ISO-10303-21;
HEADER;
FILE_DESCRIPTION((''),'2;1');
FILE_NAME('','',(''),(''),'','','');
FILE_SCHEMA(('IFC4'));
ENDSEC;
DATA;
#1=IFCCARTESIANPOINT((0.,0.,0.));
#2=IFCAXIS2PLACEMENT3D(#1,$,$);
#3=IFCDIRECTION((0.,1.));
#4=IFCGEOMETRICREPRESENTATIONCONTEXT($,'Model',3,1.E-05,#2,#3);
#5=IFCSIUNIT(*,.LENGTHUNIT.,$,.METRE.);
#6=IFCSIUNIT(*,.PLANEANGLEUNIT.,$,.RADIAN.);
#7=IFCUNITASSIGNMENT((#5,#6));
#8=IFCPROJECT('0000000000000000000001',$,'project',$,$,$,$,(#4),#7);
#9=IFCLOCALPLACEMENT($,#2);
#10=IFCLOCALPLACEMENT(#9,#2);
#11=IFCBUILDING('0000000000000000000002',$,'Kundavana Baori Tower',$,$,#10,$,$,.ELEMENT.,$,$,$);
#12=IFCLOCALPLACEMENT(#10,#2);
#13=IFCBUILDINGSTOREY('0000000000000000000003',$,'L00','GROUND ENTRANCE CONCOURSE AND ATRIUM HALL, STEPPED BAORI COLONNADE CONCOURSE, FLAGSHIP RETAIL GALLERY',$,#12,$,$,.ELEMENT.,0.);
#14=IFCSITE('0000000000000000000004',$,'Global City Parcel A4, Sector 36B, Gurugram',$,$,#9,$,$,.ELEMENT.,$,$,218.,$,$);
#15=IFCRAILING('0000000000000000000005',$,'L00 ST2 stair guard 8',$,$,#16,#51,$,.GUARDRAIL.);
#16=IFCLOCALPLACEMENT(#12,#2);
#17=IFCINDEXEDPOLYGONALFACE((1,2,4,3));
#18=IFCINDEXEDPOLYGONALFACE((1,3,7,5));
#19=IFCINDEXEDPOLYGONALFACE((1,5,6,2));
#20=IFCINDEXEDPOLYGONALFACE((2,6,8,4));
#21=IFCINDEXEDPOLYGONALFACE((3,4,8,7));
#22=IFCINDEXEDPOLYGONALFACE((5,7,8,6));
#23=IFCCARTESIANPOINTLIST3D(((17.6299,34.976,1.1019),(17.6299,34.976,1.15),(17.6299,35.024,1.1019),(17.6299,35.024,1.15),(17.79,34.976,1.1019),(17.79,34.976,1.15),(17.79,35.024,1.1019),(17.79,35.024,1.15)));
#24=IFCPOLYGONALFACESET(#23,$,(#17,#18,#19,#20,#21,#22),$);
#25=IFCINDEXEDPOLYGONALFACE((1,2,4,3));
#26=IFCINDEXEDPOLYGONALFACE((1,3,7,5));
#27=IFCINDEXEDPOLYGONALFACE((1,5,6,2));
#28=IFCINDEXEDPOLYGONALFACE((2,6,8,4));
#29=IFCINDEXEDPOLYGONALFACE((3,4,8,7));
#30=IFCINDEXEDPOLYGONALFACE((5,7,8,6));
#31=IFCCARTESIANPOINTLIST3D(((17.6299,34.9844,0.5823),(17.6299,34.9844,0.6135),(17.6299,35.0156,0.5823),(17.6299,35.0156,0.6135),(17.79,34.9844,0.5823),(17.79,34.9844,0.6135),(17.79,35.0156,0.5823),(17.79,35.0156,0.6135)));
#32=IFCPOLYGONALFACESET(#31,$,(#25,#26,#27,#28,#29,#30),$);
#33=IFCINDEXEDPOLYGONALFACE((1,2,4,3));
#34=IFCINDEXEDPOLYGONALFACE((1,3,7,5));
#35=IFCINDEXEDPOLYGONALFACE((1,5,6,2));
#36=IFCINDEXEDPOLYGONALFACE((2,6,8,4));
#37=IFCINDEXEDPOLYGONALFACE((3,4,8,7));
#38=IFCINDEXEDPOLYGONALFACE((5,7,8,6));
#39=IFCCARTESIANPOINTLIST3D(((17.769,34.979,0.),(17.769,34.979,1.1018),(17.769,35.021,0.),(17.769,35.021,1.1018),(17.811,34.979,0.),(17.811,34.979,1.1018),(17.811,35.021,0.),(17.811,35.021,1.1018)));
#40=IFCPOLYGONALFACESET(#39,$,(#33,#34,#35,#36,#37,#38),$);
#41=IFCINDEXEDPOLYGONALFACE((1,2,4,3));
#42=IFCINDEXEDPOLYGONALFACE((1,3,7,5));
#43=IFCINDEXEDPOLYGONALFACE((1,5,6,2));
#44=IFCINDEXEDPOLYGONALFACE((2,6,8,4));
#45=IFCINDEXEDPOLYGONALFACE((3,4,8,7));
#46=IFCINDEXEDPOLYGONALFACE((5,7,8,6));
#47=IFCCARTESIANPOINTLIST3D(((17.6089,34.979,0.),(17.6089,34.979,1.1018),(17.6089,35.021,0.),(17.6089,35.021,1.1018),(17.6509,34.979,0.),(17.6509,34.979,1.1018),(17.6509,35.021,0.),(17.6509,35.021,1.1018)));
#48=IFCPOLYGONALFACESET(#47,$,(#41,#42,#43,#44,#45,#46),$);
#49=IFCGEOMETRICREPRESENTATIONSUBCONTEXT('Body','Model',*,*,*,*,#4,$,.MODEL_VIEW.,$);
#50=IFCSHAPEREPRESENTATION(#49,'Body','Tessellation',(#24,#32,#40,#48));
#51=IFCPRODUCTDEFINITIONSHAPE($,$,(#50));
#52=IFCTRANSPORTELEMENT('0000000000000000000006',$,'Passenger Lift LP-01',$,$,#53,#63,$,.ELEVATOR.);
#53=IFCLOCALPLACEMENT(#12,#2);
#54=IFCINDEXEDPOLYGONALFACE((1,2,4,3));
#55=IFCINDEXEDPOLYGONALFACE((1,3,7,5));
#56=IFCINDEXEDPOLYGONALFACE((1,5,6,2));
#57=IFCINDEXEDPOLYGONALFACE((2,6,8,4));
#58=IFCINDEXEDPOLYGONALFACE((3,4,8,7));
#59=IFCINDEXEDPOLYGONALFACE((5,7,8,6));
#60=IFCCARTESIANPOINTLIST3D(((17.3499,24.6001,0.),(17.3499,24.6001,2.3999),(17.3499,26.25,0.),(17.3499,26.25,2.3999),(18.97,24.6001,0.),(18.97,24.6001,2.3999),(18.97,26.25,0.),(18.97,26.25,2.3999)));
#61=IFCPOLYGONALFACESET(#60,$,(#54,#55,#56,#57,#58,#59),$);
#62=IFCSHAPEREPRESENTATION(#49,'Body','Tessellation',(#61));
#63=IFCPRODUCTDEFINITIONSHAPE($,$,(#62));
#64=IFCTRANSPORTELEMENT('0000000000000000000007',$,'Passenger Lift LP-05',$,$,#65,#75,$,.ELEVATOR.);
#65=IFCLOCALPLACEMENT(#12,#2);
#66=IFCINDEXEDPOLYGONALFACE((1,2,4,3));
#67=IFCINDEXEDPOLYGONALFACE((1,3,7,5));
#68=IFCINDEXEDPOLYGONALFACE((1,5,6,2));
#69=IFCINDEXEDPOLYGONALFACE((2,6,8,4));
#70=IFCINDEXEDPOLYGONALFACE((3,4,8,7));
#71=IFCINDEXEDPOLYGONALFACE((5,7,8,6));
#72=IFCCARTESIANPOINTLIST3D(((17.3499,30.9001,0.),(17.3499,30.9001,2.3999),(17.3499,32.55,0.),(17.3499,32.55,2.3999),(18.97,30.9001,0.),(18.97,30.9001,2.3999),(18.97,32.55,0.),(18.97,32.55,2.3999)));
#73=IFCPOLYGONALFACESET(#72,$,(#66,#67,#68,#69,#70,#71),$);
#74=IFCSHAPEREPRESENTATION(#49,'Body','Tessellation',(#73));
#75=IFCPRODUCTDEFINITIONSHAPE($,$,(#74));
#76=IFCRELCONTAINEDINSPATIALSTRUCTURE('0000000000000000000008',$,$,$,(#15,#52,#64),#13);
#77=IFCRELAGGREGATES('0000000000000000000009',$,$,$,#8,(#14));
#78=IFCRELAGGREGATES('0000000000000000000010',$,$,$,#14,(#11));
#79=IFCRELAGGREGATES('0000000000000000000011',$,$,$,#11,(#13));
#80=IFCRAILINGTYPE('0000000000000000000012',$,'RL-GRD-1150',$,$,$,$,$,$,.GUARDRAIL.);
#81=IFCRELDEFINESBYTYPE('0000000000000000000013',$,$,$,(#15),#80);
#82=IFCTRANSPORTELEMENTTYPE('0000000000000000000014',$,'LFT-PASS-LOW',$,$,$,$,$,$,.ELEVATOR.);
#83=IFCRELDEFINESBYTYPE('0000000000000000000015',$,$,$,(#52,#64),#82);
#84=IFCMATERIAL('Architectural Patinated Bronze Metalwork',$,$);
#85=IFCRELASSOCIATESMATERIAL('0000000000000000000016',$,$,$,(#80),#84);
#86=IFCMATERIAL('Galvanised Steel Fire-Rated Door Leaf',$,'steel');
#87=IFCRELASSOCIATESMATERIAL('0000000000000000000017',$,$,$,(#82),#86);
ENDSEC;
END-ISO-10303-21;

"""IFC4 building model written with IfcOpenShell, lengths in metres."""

from ifc_helpers import new_model, si_unit, direction, frame, origin, origin_2d, place, context, subcontext, project, spatial, rectangle, extrude, material, type_object, element, save


model = new_model("IFC4")

# Units and contexts
model_context = context("Model", 3, precision=1e-05, world=origin(), true_north=direction((0.0, 1.0)))
body_context = subcontext(model_context, "Body", "Model", "MODEL_VIEW")
ifc_project = project(units=[si_unit("LENGTHUNIT", "METRE"), si_unit("PLANEANGLEUNIT", "RADIAN")], contexts=[model_context])

# Site, building, storey
site_placement = place(None, origin())
site = spatial("IfcSite", under=ifc_project, at=site_placement, Name="Global City Parcel A4, Sector 36B, Gurugram", CompositionType="ELEMENT", RefElevation=218.0)
building_placement = place(site_placement, origin())
building = spatial("IfcBuilding", under=site, at=building_placement, Name="Kundavana Baori Tower", CompositionType="ELEMENT")
storey_placement = place(building_placement, origin())
storey = spatial("IfcBuildingStorey", under=building, at=storey_placement, Name="L00", Description="GROUND ENTRANCE CONCOURSE AND ATRIUM HALL, STEPPED BAORI COLONNADE CONCOURSE, FLAGSHIP RETAIL GALLERY", CompositionType="ELEMENT", Elevation=0.0)

# Railing
ifc_material_1 = material(Name="Architectural Patinated Bronze Metalwork")
railing_type = type_object("IfcRailingType", Name="RL-GRD-1150", PredefinedType="GUARDRAIL", material=ifc_material_1)
for number, where, name in (
    (1, (17.79, 35.0, 0.0), "L00 ST2 stair guard 8"),
):
    element("IfcRailing", number, at=place(storey_placement, frame(where)), inside=storey, type_object=railing_type, Name=name, PredefinedType="GUARDRAIL", context=body_context, shape_type="SweptSolid", body=[
        extrude(rectangle(XDim=0.0481, YDim=0.0481, at=origin_2d()), frame((0.0, 0.0, 1.126), z_axis=(-1.0, 0.0, 0.0), x_axis=(0.0, -1.0, 0.0)), (0.0, 0.0, 1.0), 0.1602),
        extrude(rectangle(XDim=0.0312, YDim=0.0312, at=origin_2d()), frame((0.0, 0.0, 0.5979), z_axis=(-1.0, 0.0, 0.0), x_axis=(0.0, -1.0, 0.0)), (0.0, 0.0, 1.0), 0.1602),
        extrude(rectangle(XDim=0.042, YDim=0.042, at=origin_2d()), origin(), (0.0, 0.0, 1.0), 1.1018),
        extrude(rectangle(XDim=0.042, YDim=0.042, at=origin_2d()), frame((-0.1602, 0.0, 0.0)), (0.0, 0.0, 1.0), 1.1018),
    ])

# Transport elements
ifc_material_2 = material(Name="Galvanised Steel Fire-Rated Door Leaf", Category="steel")
transport_element_type = type_object("IfcTransportElementType", Name="LFT-PASS-LOW", PredefinedType="ELEVATOR", material=ifc_material_2)
for number, where, z_axis, x_axis, name in (
    (2, (18.1599, 25.425, 0.0), (0.0, 0.0, 1.0), (1.0, 0.0, 0.0), "Passenger Lift LP-01"),
    (3, (18.1599, 31.7251, 0.0), (0.0, 0.0, 1.0), (1.0, 0.0, 0.0), "Passenger Lift LP-05"),
):
    element("IfcTransportElement", number, at=place(storey_placement, frame(where, z_axis=z_axis, x_axis=x_axis)), inside=storey, type_object=transport_element_type, Name=name, PredefinedType="ELEVATOR", context=body_context, shape_type="SweptSolid", body=[
        extrude(rectangle(XDim=1.6201, YDim=1.6499, at=origin_2d()), origin(), (0.0, 0.0, 1.0), 2.3999),
    ])

save(model, "model.ifc")
